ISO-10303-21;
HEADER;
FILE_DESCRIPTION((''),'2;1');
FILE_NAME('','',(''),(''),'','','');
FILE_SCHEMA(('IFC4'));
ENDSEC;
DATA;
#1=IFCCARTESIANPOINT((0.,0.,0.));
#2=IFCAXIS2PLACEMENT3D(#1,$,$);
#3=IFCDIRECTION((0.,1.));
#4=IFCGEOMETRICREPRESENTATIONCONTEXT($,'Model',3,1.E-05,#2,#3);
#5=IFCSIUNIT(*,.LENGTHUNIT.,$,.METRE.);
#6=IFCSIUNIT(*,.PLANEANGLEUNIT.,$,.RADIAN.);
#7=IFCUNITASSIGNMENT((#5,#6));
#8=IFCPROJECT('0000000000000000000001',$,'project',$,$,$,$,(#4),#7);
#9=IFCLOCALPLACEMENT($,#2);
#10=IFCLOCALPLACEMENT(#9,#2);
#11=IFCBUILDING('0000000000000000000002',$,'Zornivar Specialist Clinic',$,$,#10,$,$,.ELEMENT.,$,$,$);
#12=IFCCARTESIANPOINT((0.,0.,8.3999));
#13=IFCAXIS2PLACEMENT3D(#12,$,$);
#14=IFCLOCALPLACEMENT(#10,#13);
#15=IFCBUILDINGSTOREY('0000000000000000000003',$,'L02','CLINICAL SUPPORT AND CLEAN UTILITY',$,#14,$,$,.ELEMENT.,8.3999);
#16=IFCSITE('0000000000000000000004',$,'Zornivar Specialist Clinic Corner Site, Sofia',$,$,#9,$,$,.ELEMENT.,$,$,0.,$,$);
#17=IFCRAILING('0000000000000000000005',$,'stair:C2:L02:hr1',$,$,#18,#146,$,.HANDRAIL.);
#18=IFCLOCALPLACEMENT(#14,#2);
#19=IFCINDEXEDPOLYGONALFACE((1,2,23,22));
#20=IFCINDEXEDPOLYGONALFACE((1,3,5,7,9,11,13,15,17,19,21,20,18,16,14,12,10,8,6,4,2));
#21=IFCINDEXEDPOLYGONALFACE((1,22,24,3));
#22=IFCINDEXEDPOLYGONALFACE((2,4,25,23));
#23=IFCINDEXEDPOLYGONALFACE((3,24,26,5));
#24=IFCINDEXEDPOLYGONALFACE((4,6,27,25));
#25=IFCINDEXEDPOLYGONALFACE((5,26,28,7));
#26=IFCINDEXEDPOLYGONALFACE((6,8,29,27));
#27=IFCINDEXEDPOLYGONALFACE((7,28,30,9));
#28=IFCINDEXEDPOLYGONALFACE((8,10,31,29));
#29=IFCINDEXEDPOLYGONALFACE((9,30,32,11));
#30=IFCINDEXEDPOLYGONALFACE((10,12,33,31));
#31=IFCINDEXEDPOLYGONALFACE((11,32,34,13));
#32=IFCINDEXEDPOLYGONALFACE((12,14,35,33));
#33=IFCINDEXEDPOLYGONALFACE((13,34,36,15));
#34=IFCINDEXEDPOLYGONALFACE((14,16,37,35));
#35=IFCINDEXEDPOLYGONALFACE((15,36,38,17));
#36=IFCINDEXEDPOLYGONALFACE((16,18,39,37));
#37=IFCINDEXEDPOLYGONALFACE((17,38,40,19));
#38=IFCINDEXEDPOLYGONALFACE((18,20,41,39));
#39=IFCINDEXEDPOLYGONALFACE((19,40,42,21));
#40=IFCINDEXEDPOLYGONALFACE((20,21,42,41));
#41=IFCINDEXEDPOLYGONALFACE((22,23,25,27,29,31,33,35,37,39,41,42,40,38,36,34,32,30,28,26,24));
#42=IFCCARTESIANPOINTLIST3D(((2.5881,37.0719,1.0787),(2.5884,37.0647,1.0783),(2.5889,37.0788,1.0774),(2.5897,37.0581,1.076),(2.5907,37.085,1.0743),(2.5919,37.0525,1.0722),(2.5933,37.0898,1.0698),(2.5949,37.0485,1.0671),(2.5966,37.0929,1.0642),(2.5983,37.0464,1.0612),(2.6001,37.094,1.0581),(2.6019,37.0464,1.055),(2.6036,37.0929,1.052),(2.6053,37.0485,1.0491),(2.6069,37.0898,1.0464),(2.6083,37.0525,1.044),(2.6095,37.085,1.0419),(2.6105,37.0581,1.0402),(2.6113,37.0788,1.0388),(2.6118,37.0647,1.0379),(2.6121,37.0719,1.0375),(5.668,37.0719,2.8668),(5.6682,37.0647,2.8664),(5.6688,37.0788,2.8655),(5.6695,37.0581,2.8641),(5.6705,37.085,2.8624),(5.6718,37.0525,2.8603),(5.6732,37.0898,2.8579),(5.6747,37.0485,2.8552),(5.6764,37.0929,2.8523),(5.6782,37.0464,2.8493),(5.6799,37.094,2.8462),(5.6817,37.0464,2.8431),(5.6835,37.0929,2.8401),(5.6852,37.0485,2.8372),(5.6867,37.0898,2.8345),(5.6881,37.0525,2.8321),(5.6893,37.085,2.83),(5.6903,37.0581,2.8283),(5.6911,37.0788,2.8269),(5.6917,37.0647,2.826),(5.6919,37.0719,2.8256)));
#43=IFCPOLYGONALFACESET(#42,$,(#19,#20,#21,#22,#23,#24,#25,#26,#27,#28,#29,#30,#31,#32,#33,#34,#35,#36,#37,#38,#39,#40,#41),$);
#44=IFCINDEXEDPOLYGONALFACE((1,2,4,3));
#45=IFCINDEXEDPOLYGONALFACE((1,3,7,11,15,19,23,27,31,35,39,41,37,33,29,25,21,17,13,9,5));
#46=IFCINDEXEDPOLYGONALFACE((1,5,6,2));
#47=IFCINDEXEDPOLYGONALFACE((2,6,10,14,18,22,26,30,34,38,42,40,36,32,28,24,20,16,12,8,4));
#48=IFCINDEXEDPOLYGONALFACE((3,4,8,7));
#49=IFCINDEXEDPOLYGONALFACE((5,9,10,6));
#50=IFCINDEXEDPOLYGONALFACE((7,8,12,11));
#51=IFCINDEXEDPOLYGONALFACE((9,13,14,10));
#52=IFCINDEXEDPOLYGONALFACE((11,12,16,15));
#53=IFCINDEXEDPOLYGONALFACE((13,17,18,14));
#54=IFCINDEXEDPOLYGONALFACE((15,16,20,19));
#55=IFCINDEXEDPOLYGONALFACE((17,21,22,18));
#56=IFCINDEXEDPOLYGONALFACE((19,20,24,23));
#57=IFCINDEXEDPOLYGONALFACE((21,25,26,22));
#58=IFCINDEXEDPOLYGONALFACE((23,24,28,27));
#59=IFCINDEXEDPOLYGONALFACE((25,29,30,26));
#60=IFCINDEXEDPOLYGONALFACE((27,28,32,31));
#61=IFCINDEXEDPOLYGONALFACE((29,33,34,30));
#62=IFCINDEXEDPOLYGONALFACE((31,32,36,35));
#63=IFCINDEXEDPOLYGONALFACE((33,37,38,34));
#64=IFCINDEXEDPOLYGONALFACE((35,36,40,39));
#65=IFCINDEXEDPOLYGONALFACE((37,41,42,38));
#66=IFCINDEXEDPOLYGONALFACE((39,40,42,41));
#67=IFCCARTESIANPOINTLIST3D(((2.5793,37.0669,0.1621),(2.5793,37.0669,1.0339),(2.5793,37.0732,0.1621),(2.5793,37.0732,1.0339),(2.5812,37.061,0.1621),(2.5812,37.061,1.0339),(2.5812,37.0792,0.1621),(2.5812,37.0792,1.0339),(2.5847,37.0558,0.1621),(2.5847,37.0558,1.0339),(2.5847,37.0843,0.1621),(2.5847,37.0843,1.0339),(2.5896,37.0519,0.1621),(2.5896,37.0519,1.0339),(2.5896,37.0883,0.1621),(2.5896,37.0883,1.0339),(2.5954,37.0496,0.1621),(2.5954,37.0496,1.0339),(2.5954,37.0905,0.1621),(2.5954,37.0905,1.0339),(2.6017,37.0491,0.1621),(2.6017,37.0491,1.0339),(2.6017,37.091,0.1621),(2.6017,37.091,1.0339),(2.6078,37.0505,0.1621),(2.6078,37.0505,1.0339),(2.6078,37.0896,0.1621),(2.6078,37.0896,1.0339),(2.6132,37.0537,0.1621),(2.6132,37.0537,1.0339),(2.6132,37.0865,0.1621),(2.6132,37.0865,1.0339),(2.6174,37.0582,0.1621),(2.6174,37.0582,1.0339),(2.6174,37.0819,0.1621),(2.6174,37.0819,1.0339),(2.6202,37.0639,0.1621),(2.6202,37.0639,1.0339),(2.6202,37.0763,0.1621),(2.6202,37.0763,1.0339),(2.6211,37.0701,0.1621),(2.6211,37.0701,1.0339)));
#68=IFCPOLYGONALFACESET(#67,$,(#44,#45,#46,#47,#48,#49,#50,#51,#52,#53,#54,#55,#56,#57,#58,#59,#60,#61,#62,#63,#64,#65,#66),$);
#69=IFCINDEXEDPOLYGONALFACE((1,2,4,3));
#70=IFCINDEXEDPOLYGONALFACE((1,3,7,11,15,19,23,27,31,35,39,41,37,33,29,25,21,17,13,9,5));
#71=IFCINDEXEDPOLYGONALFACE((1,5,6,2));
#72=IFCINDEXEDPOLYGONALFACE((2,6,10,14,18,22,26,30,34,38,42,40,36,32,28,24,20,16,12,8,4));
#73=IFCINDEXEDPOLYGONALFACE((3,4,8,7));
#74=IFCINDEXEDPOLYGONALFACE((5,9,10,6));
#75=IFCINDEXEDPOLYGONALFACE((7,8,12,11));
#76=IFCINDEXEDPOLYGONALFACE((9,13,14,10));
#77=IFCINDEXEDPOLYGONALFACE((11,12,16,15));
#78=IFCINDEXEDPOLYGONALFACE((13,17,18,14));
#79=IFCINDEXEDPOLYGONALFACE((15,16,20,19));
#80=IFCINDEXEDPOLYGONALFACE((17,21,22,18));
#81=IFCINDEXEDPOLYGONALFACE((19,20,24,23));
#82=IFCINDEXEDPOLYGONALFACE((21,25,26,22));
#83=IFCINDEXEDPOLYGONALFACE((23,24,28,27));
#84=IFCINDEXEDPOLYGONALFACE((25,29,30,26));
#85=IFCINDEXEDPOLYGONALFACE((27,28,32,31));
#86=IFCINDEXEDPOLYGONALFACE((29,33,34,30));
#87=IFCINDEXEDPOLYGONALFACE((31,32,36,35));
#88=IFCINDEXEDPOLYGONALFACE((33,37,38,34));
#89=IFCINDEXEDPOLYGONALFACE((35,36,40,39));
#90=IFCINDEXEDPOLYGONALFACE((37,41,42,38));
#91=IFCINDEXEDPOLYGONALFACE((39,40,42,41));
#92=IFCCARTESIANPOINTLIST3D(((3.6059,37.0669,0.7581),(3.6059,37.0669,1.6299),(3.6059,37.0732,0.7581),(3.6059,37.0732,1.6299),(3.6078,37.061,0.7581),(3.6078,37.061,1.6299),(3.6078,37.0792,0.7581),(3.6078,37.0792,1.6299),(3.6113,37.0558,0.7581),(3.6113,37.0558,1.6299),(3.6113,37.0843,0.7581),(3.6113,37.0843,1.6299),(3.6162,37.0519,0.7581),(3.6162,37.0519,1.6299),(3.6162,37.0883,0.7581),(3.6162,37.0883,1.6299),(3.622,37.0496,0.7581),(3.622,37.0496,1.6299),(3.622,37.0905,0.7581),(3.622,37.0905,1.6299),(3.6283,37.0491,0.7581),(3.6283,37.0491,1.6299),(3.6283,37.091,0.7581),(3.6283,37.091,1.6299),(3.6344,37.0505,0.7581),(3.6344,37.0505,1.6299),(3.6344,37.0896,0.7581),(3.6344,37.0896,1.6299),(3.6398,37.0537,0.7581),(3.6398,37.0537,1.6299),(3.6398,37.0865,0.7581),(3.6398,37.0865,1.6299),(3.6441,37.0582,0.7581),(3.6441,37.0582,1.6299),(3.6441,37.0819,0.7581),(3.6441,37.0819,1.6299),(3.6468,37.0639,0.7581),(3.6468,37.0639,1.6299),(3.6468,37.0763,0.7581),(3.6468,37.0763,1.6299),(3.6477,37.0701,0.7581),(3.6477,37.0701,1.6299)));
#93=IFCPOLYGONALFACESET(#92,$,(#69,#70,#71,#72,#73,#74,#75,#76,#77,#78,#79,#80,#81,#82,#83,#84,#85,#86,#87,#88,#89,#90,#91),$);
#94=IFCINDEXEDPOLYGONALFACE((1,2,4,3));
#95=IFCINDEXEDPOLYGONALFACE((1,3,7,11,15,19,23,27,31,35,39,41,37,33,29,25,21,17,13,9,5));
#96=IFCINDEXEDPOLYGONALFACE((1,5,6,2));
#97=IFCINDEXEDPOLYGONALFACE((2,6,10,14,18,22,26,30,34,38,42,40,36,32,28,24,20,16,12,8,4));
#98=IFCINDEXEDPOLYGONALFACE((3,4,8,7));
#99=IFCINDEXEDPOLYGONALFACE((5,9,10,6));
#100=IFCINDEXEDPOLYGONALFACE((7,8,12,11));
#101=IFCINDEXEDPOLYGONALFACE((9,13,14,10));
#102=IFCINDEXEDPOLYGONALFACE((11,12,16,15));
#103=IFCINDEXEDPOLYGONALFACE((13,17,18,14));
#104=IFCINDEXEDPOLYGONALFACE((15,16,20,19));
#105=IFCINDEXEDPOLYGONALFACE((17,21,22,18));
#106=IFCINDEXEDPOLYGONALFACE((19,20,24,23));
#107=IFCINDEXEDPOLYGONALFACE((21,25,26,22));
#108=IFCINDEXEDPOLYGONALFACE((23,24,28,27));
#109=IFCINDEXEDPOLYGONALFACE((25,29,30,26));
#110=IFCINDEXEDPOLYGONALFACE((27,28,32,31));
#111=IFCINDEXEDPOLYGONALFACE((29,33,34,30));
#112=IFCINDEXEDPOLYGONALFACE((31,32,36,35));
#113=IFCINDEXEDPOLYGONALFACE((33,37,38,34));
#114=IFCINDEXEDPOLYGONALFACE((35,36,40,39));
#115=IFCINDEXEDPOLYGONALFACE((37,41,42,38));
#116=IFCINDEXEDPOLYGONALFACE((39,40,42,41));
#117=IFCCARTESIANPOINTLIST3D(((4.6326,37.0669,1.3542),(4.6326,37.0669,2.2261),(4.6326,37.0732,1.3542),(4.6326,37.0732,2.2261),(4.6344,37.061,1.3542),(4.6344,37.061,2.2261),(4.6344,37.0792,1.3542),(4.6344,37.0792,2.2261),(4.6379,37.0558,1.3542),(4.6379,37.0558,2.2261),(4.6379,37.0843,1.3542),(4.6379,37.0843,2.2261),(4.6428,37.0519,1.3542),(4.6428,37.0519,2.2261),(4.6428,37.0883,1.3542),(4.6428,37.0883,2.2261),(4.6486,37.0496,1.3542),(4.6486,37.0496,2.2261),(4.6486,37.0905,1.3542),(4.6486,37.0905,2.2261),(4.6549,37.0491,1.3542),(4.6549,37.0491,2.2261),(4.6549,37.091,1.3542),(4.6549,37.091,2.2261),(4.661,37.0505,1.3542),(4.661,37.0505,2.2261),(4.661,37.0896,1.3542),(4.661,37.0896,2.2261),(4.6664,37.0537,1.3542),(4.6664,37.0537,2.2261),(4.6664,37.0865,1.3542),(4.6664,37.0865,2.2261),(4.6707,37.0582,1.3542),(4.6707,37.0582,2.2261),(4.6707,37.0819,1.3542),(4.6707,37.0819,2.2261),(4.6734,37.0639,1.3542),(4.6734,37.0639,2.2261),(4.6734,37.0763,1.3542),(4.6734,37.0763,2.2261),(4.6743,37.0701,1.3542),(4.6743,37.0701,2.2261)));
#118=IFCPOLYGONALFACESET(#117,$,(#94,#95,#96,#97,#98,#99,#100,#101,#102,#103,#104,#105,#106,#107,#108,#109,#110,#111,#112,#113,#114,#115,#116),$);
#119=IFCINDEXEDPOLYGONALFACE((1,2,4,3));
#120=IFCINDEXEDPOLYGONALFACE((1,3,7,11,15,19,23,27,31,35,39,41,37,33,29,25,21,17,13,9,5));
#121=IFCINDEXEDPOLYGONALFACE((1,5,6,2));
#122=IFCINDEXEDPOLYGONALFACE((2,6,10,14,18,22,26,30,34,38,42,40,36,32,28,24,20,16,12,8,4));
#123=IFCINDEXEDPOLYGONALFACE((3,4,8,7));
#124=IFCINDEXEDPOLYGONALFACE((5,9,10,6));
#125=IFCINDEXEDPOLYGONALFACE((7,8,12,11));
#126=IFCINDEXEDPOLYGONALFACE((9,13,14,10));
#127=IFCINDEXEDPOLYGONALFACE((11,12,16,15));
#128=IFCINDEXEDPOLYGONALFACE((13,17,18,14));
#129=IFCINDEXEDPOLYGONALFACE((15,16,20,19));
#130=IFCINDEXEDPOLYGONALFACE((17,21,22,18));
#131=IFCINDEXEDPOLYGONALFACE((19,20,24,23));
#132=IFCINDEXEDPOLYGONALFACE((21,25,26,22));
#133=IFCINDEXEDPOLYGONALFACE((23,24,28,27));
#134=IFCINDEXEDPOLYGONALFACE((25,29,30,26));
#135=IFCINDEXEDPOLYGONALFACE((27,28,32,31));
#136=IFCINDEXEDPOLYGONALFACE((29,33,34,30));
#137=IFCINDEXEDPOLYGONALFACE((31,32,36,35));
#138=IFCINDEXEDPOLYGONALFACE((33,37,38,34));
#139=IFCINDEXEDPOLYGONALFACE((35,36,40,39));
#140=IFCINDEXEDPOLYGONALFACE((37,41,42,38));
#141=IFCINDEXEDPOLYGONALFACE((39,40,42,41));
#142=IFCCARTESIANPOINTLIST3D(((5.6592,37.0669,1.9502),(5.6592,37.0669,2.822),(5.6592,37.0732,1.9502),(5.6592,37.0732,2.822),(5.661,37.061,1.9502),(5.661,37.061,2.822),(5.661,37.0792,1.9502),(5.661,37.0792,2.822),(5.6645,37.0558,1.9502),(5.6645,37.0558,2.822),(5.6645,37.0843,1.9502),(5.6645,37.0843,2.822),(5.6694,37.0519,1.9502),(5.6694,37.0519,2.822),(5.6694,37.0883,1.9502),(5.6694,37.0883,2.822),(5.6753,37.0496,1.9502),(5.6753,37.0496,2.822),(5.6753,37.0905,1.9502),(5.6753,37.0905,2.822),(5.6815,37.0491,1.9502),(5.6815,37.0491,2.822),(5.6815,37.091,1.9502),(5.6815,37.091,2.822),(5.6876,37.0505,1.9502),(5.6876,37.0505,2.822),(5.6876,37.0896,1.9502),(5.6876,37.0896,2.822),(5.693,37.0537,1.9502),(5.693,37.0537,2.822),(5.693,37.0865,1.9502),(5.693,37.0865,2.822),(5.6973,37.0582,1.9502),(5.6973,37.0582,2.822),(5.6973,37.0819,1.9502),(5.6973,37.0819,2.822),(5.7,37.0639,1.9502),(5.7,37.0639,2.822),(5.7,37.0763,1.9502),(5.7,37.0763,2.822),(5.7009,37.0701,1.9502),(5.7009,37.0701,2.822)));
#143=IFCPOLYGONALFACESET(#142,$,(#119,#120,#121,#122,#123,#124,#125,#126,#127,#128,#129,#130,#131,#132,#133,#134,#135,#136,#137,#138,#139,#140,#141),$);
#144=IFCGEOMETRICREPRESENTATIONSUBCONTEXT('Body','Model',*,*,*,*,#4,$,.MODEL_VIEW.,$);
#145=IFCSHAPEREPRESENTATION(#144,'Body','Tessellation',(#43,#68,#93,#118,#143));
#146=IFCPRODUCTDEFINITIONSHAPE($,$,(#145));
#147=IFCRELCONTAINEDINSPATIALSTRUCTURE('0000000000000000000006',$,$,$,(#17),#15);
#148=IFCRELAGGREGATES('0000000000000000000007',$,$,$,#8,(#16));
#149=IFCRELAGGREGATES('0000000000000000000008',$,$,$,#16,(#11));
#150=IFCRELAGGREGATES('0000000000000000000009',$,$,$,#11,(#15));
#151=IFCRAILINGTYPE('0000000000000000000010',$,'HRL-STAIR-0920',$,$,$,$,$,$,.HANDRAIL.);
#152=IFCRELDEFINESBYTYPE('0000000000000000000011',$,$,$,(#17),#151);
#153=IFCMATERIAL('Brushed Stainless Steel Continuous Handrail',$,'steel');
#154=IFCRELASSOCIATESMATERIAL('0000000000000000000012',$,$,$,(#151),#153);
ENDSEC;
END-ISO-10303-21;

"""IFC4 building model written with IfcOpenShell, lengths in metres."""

from ifc_helpers import new_model, si_unit, direction, frame, origin, origin_2d, place, context, subcontext, project, spatial, circle, extrude, material, type_object, element, save


model = new_model("IFC4")

# Units and contexts
model_context = context("Model", 3, precision=1e-05, world=origin(), true_north=direction((0.0, 1.0)))
body_context = subcontext(model_context, "Body", "Model", "MODEL_VIEW")
ifc_project = project(units=[si_unit("LENGTHUNIT", "METRE"), si_unit("PLANEANGLEUNIT", "RADIAN")], contexts=[model_context])

# Site, building, storey
site_placement = place(None, origin())
site = spatial("IfcSite", under=ifc_project, at=site_placement, Name="Zornivar Specialist Clinic Corner Site, Sofia", CompositionType="ELEMENT", RefElevation=0.0)
building_placement = place(site_placement, origin())
building = spatial("IfcBuilding", under=site, at=building_placement, Name="Zornivar Specialist Clinic", CompositionType="ELEMENT")
storey_placement = place(building_placement, frame((0.0, 0.0, 8.3999)))
storey = spatial("IfcBuildingStorey", under=building, at=storey_placement, Name="L02", Description="CLINICAL SUPPORT AND CLEAN UTILITY", CompositionType="ELEMENT", Elevation=8.3999)

# Railing
ifc_material_1 = material(Name="Brushed Stainless Steel Continuous Handrail", Category="steel")
railing_type_1 = type_object("IfcRailingType", Name="HRL-STAIR-0920", PredefinedType="HANDRAIL", material=ifc_material_1)
railing_1_placement = place(storey_placement, frame((2.6001, 37.0701, 0.1621)))
element("IfcRailing", 1, at=railing_1_placement, inside=storey, type_object=railing_type_1, Name="stair:C2:L02:hr1", PredefinedType="HANDRAIL", context=body_context, shape_type="SweptSolid", body=[
    extrude(circle(Radius=0.0239, at=origin_2d()), frame((0.0, 0.0, 0.896), z_axis=(0.864814, 0.0, 0.502093), x_axis=(0.0, 1.0, 0.0)), (0.0, 0.0, 1.0), 3.5613),
    extrude(circle(Radius=0.021, at=origin_2d()), origin(), (0.0, 0.0, 1.0), 0.8718),
    extrude(circle(Radius=0.021, at=origin_2d()), frame((1.0266, 0.0, 0.5959)), (0.0, 0.0, 1.0), 0.8718),
    extrude(circle(Radius=0.021, at=origin_2d()), frame((2.0532, 0.0, 1.1921)), (0.0, 0.0, 1.0), 0.8718),
    extrude(circle(Radius=0.021, at=origin_2d()), frame((3.0798, 0.0, 1.7881)), (0.0, 0.0, 1.0), 0.8718),
])

save(model, "model.ifc")
